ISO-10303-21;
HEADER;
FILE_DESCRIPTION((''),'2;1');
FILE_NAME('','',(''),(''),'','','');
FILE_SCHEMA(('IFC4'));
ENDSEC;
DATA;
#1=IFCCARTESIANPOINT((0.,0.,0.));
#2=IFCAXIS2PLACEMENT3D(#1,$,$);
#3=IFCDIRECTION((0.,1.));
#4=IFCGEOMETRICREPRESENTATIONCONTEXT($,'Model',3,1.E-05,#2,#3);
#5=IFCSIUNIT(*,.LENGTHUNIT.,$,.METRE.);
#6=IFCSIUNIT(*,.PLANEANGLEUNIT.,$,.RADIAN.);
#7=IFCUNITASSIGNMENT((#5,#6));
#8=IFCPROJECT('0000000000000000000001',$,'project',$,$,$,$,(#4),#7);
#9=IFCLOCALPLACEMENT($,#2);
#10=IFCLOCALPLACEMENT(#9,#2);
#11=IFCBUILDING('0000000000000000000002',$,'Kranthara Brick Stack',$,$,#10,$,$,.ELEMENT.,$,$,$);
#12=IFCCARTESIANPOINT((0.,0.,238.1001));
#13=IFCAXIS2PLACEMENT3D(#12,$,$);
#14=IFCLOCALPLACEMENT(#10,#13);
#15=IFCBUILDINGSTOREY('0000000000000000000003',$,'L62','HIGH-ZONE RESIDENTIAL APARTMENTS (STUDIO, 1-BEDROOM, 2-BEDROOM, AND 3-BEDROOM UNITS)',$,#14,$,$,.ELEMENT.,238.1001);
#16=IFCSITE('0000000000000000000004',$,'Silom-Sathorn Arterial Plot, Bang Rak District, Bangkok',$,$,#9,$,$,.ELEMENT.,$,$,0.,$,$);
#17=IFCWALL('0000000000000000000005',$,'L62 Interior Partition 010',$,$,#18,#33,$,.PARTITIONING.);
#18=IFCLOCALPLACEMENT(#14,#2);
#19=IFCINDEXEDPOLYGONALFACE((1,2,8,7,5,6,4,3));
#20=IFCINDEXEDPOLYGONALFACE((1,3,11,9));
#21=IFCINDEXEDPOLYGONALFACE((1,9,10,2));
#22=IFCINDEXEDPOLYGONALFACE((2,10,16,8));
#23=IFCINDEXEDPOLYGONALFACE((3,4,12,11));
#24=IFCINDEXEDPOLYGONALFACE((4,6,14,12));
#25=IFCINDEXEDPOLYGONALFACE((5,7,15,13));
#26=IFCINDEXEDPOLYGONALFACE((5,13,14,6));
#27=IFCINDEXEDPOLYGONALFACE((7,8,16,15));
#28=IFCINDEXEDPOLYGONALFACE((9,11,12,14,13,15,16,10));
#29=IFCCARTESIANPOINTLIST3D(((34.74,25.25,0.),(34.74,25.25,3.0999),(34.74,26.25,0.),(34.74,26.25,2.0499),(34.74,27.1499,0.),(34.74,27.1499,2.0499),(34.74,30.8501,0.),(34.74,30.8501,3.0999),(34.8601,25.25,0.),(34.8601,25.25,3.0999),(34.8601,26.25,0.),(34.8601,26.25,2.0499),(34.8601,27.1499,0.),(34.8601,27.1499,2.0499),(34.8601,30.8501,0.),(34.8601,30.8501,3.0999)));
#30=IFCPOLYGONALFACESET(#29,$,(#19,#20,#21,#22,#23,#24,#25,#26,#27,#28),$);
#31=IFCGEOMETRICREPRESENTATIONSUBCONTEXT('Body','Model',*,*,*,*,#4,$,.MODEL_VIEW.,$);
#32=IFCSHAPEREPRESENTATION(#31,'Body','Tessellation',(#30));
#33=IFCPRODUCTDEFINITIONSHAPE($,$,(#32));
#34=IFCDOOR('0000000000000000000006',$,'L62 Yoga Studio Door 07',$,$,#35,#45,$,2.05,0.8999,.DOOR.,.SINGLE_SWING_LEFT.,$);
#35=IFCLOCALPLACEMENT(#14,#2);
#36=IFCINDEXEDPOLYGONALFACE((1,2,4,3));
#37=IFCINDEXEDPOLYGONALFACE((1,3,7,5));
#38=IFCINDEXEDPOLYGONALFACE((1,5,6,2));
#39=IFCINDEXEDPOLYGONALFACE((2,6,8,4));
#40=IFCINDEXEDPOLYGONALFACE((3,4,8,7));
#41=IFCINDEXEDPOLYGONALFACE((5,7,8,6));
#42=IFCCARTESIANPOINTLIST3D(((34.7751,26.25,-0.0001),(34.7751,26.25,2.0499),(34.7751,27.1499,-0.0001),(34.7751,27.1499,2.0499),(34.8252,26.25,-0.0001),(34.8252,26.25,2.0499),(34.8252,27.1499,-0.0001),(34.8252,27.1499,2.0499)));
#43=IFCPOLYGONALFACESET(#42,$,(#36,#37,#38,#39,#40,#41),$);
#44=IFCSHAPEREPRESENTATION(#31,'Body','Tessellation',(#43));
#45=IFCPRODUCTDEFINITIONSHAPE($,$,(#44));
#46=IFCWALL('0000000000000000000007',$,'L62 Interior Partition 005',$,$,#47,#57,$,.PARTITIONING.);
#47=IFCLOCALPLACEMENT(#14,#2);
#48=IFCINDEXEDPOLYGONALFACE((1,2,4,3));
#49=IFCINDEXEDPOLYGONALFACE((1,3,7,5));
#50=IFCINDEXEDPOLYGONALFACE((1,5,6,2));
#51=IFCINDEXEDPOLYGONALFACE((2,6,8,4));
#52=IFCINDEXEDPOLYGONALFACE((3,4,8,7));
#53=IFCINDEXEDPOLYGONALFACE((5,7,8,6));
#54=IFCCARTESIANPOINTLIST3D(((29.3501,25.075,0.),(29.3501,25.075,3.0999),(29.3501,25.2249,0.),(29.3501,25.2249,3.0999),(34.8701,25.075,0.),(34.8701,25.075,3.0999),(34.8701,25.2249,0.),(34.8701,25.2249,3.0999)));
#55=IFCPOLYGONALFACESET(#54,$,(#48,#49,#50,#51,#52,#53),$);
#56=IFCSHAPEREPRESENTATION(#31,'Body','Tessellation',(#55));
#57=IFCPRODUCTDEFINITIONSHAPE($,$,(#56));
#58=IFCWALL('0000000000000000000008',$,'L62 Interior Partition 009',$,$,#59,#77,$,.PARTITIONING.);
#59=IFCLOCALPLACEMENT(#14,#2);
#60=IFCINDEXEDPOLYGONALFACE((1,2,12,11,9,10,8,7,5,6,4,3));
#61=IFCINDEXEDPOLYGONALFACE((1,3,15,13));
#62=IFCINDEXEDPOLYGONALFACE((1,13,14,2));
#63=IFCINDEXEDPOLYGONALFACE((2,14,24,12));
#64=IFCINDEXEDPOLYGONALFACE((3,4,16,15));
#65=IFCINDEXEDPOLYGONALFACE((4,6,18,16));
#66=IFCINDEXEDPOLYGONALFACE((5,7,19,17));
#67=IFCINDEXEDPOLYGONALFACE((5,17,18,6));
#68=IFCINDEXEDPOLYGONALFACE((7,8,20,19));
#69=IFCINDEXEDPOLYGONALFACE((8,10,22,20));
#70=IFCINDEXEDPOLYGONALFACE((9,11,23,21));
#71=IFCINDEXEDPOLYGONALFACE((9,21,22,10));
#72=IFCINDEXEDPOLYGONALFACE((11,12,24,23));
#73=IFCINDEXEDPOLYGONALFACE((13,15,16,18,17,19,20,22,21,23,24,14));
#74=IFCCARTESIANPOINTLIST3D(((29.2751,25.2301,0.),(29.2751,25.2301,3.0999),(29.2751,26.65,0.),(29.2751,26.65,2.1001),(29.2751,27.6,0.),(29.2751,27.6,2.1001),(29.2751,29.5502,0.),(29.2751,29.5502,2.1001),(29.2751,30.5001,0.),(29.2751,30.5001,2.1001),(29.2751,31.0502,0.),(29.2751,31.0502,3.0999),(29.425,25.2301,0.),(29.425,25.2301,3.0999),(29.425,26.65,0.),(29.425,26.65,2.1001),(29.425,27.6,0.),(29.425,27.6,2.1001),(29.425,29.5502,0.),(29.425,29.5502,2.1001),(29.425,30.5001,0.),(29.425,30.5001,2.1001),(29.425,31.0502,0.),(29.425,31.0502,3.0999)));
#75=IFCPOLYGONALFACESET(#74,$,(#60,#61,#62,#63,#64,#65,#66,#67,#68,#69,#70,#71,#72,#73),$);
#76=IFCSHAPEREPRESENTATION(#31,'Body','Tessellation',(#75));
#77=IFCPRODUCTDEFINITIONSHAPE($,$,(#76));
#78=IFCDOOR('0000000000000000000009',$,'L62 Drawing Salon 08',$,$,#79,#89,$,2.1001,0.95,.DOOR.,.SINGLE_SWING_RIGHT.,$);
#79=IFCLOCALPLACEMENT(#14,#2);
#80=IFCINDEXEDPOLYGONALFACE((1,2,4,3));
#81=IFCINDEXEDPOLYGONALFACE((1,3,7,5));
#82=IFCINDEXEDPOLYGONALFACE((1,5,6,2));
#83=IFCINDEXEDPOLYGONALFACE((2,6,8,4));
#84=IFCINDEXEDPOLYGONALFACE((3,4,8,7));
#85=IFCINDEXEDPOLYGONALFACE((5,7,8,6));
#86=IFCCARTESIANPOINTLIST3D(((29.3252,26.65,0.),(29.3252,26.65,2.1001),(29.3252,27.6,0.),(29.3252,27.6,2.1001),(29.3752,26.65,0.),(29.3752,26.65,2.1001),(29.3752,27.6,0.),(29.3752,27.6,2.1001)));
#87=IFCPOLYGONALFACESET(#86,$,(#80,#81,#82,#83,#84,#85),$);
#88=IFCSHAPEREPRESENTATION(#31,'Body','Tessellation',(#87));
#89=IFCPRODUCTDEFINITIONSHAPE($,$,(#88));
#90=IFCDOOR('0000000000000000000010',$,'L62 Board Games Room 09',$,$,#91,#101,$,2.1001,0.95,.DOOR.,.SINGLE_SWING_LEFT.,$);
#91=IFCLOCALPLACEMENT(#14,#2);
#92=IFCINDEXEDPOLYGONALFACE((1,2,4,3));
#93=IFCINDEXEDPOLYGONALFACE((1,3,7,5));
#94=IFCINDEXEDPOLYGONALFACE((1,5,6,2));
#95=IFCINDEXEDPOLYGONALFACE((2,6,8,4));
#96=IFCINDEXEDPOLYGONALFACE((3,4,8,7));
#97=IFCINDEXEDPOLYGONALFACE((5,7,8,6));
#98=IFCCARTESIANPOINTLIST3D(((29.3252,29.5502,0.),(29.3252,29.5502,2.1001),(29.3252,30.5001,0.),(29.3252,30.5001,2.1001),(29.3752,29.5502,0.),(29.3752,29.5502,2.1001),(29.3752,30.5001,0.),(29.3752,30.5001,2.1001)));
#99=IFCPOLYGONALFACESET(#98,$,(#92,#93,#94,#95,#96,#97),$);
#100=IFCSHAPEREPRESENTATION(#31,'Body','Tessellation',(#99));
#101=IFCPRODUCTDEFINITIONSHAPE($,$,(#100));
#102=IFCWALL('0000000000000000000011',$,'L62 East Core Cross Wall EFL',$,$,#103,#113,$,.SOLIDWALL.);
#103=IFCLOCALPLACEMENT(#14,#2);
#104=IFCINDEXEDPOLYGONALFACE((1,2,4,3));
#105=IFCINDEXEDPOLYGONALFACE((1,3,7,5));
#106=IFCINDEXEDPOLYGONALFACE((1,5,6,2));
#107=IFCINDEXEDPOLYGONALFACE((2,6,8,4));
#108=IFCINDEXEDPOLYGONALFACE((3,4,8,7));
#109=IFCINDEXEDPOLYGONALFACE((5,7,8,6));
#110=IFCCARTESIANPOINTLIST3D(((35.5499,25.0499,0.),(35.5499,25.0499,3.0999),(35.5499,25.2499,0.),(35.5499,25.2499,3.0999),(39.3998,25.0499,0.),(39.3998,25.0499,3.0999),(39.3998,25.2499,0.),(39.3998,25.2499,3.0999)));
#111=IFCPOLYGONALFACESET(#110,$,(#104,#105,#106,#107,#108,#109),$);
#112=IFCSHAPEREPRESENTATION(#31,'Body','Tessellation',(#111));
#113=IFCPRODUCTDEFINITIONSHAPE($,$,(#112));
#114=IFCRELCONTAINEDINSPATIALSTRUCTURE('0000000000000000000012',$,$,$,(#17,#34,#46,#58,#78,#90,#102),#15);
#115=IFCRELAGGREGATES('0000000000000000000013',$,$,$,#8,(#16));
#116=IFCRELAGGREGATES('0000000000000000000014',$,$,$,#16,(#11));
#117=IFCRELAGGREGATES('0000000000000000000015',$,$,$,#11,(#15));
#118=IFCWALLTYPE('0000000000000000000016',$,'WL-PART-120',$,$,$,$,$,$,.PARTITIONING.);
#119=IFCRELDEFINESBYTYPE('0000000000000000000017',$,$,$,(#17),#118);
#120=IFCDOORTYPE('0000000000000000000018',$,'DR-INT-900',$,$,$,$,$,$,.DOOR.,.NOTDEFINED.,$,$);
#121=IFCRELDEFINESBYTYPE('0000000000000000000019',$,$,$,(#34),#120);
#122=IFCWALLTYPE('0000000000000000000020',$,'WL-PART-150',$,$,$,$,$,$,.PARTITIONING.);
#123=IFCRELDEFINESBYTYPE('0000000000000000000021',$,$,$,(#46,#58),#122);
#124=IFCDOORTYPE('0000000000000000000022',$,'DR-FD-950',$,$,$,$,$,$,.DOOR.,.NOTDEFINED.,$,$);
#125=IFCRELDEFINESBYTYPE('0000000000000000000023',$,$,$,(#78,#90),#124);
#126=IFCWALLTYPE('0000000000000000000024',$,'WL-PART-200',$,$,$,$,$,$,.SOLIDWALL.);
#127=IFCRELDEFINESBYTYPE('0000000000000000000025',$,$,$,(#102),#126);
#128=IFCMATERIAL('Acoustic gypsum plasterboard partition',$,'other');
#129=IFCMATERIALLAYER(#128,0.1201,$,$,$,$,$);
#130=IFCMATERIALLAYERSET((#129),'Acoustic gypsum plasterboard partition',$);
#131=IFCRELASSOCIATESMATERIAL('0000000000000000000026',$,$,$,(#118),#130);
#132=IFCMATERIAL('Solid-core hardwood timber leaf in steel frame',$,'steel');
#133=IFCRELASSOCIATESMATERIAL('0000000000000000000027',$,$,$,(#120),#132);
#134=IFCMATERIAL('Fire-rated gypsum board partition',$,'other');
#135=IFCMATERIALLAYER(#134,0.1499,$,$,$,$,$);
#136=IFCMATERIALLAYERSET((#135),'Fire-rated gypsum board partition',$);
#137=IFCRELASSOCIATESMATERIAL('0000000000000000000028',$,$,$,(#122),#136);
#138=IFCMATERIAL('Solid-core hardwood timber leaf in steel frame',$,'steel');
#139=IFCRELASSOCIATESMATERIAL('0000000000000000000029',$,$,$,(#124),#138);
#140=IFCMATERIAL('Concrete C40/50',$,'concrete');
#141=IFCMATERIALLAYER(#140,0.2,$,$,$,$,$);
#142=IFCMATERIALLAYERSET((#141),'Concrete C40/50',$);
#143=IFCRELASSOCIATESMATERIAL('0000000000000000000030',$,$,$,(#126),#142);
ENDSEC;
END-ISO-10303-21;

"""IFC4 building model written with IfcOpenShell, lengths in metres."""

from ifc_helpers import new_model, si_unit, direction, frame, frame_2d, origin, place, context, subcontext, project, spatial, rectangle, extrude, material, layer, layer_set, type_object, element, fill, save


model = new_model("IFC4")

# Units and contexts
model_context = context("Model", 3, precision=1e-05, world=origin(), true_north=direction((0.0, 1.0)))
body_context = subcontext(model_context, "Body", "Model", "MODEL_VIEW")
ifc_project = project(units=[si_unit("LENGTHUNIT", "METRE"), si_unit("PLANEANGLEUNIT", "RADIAN")], contexts=[model_context])

# Site, building, storey
site_placement = place(None, origin())
site = spatial("IfcSite", under=ifc_project, at=site_placement, Name="Silom-Sathorn Arterial Plot, Bang Rak District, Bangkok", CompositionType="ELEMENT", RefElevation=0.0)
building_placement = place(site_placement, origin())
building = spatial("IfcBuilding", under=site, at=building_placement, Name="Kranthara Brick Stack", CompositionType="ELEMENT")
storey_placement = place(building_placement, frame((0.0, 0.0, 238.1001)))
storey = spatial("IfcBuildingStorey", under=building, at=storey_placement, Name="L62", Description="HIGH-ZONE RESIDENTIAL APARTMENTS (STUDIO, 1-BEDROOM, 2-BEDROOM, AND 3-BEDROOM UNITS)", CompositionType="ELEMENT", Elevation=238.1001)

# Wall, opening, door
ifc_material_1 = material(Name="Acoustic gypsum plasterboard partition", Category="other")
ifc_layer_1 = layer(ifc_material_1, 0.1201)
ifc_layer_set_1 = layer_set([ifc_layer_1], Name="Acoustic gypsum plasterboard partition")
wall_type_1 = type_object("IfcWallType", Name="WL-PART-120", PredefinedType="PARTITIONING", material=ifc_layer_set_1)
wall_1_placement = place(storey_placement, frame((34.8, 25.25, 0.0), z_axis=(0.0, 0.0, 1.0), x_axis=(0.0, 1.0, 0.0)))
wall_1 = element("IfcWall", 1, at=wall_1_placement, inside=storey, type_object=wall_type_1, Name="L62 Interior Partition 010", PredefinedType="PARTITIONING", context=body_context, shape_type="SweptSolid", body=[
    extrude(rectangle(XDim=5.6001, YDim=0.1201, at=frame_2d((2.8, 0.0))), origin(), (0.0, 0.0, 1.0), 3.0999),
])
opening_1_placement = place(wall_1_placement, frame((1.0, 0.0, 0.0)))
opening_1 = element("IfcOpeningElement", 2, at=opening_1_placement, cuts=wall_1, PredefinedType="OPENING", context=body_context, shape_type="SweptSolid", body=[
    extrude(rectangle(XDim=0.8999, YDim=2.05, at=frame_2d((0.45, 1.0249))), frame((0.0, 0.0701, 0.0), z_axis=(0.0, -1.0, 0.0), x_axis=(1.0, 0.0, 0.0)), (0.0, 0.0, 1.0), 0.1401),
])
ifc_material_2 = material(Name="Solid-core hardwood timber leaf in steel frame", Category="steel")
door_type_1 = type_object("IfcDoorType", Name="DR-INT-900", OperationType="NOTDEFINED", PredefinedType="DOOR", material=ifc_material_2)
door_1_placement = place(opening_1_placement, origin())
door_1 = element("IfcDoor", 3, at=door_1_placement, inside=storey, type_object=door_type_1, Name="L62 Yoga Studio Door 07", OperationType="SINGLE_SWING_LEFT", OverallHeight=2.05, OverallWidth=0.8999, PredefinedType="DOOR", context=body_context, shape_type="SweptSolid", body=[
    extrude(rectangle(XDim=0.8999, YDim=2.05, at=frame_2d((0.45, 1.0249))), frame((0.0, 0.0249, 0.0), z_axis=(0.0, -1.0, 0.0), x_axis=(1.0, 0.0, 0.0)), (0.0, 0.0, 1.0), 0.05),
])
fill(opening_1, door_1)

# Wall
ifc_material_3 = material(Name="Fire-rated gypsum board partition", Category="other")
ifc_layer_2 = layer(ifc_material_3, 0.1499)
ifc_layer_set_2 = layer_set([ifc_layer_2], Name="Fire-rated gypsum board partition")
wall_type_2 = type_object("IfcWallType", Name="WL-PART-150", PredefinedType="PARTITIONING", material=ifc_layer_set_2)
wall_2_placement = place(storey_placement, frame((29.3501, 25.1499, 0.0), z_axis=(0.0, 0.0, 1.0), x_axis=(1.0, 0.0, 0.0)))
element("IfcWall", 4, at=wall_2_placement, inside=storey, type_object=wall_type_2, Name="L62 Interior Partition 005", PredefinedType="PARTITIONING", context=body_context, shape_type="SweptSolid", body=[
    extrude(rectangle(XDim=5.52, YDim=0.1499, at=frame_2d((2.76, 0.0))), origin(), (0.0, 0.0, 1.0), 3.0999),
])

# Wall, openings, doors
wall_3_placement = place(storey_placement, frame((29.3501, 25.23, 0.0), z_axis=(0.0, 0.0, 1.0), x_axis=(0.0, 1.0, 0.0)))
wall_3 = element("IfcWall", 5, at=wall_3_placement, inside=storey, type_object=wall_type_2, Name="L62 Interior Partition 009", PredefinedType="PARTITIONING", context=body_context, shape_type="SweptSolid", body=[
    extrude(rectangle(XDim=5.8201, YDim=0.1499, at=frame_2d((2.9102, 0.0))), origin(), (0.0, 0.0, 1.0), 3.0999),
])
opening_2_placement = place(wall_3_placement, frame((1.4199, 0.0, 0.0)))
opening_2 = element("IfcOpeningElement", 6, at=opening_2_placement, cuts=wall_3, PredefinedType="OPENING", context=body_context, shape_type="SweptSolid", body=[
    extrude(rectangle(XDim=0.95, YDim=2.1001, at=frame_2d((0.4751, 1.05))), frame((0.0, 0.085, 0.0), z_axis=(0.0, -1.0, 0.0), x_axis=(1.0, 0.0, 0.0)), (0.0, 0.0, 1.0), 0.1699),
])
opening_3_placement = place(wall_3_placement, frame((4.3201, 0.0, 0.0)))
opening_3 = element("IfcOpeningElement", 7, at=opening_3_placement, cuts=wall_3, PredefinedType="OPENING", context=body_context, shape_type="SweptSolid", body=[
    extrude(rectangle(XDim=0.95, YDim=2.1001, at=frame_2d((0.4751, 1.05))), frame((0.0, 0.085, 0.0), z_axis=(0.0, -1.0, 0.0), x_axis=(1.0, 0.0, 0.0)), (0.0, 0.0, 1.0), 0.1699),
])
ifc_material_4 = material(Name="Solid-core hardwood timber leaf in steel frame", Category="steel")
door_type_2 = type_object("IfcDoorType", Name="DR-FD-950", OperationType="NOTDEFINED", PredefinedType="DOOR", material=ifc_material_4)
door_2_placement = place(opening_2_placement, origin())
door_2 = element("IfcDoor", 8, at=door_2_placement, inside=storey, type_object=door_type_2, Name="L62 Drawing Salon 08", OperationType="SINGLE_SWING_RIGHT", OverallHeight=2.1001, OverallWidth=0.95, PredefinedType="DOOR", context=body_context, shape_type="SweptSolid", body=[
    extrude(rectangle(XDim=0.95, YDim=2.1001, at=frame_2d((0.4751, 1.05))), frame((0.0, 0.0249, 0.0), z_axis=(0.0, -1.0, 0.0), x_axis=(1.0, 0.0, 0.0)), (0.0, 0.0, 1.0), 0.05),
])
fill(opening_2, door_2)
door_3_placement = place(opening_3_placement, origin())
door_3 = element("IfcDoor", 9, at=door_3_placement, inside=storey, type_object=door_type_2, Name="L62 Board Games Room 09", OperationType="SINGLE_SWING_LEFT", OverallHeight=2.1001, OverallWidth=0.95, PredefinedType="DOOR", context=body_context, shape_type="SweptSolid", body=[
    extrude(rectangle(XDim=0.95, YDim=2.1001, at=frame_2d((0.4751, 1.05))), frame((0.0, 0.0249, 0.0), z_axis=(0.0, -1.0, 0.0), x_axis=(1.0, 0.0, 0.0)), (0.0, 0.0, 1.0), 0.05),
])
fill(opening_3, door_3)

# Wall
ifc_material_5 = material(Name="Concrete C40/50", Category="concrete")
ifc_layer_3 = layer(ifc_material_5, 0.2)
ifc_layer_set_3 = layer_set([ifc_layer_3], Name="Concrete C40/50")
wall_type_3 = type_object("IfcWallType", Name="WL-PART-200", PredefinedType="SOLIDWALL", material=ifc_layer_set_3)
wall_4_placement = place(storey_placement, frame((35.55, 25.1499, 0.0), z_axis=(0.0, 0.0, 1.0), x_axis=(1.0, 0.0, 0.0)))
element("IfcWall", 10, at=wall_4_placement, inside=storey, type_object=wall_type_3, Name="L62 East Core Cross Wall EFL", PredefinedType="SOLIDWALL", context=body_context, shape_type="SweptSolid", body=[
    extrude(rectangle(XDim=3.8499, YDim=0.2, at=frame_2d((1.9248, 0.0))), origin(), (0.0, 0.0, 1.0), 3.0999),
])

save(model, "model.ifc")
